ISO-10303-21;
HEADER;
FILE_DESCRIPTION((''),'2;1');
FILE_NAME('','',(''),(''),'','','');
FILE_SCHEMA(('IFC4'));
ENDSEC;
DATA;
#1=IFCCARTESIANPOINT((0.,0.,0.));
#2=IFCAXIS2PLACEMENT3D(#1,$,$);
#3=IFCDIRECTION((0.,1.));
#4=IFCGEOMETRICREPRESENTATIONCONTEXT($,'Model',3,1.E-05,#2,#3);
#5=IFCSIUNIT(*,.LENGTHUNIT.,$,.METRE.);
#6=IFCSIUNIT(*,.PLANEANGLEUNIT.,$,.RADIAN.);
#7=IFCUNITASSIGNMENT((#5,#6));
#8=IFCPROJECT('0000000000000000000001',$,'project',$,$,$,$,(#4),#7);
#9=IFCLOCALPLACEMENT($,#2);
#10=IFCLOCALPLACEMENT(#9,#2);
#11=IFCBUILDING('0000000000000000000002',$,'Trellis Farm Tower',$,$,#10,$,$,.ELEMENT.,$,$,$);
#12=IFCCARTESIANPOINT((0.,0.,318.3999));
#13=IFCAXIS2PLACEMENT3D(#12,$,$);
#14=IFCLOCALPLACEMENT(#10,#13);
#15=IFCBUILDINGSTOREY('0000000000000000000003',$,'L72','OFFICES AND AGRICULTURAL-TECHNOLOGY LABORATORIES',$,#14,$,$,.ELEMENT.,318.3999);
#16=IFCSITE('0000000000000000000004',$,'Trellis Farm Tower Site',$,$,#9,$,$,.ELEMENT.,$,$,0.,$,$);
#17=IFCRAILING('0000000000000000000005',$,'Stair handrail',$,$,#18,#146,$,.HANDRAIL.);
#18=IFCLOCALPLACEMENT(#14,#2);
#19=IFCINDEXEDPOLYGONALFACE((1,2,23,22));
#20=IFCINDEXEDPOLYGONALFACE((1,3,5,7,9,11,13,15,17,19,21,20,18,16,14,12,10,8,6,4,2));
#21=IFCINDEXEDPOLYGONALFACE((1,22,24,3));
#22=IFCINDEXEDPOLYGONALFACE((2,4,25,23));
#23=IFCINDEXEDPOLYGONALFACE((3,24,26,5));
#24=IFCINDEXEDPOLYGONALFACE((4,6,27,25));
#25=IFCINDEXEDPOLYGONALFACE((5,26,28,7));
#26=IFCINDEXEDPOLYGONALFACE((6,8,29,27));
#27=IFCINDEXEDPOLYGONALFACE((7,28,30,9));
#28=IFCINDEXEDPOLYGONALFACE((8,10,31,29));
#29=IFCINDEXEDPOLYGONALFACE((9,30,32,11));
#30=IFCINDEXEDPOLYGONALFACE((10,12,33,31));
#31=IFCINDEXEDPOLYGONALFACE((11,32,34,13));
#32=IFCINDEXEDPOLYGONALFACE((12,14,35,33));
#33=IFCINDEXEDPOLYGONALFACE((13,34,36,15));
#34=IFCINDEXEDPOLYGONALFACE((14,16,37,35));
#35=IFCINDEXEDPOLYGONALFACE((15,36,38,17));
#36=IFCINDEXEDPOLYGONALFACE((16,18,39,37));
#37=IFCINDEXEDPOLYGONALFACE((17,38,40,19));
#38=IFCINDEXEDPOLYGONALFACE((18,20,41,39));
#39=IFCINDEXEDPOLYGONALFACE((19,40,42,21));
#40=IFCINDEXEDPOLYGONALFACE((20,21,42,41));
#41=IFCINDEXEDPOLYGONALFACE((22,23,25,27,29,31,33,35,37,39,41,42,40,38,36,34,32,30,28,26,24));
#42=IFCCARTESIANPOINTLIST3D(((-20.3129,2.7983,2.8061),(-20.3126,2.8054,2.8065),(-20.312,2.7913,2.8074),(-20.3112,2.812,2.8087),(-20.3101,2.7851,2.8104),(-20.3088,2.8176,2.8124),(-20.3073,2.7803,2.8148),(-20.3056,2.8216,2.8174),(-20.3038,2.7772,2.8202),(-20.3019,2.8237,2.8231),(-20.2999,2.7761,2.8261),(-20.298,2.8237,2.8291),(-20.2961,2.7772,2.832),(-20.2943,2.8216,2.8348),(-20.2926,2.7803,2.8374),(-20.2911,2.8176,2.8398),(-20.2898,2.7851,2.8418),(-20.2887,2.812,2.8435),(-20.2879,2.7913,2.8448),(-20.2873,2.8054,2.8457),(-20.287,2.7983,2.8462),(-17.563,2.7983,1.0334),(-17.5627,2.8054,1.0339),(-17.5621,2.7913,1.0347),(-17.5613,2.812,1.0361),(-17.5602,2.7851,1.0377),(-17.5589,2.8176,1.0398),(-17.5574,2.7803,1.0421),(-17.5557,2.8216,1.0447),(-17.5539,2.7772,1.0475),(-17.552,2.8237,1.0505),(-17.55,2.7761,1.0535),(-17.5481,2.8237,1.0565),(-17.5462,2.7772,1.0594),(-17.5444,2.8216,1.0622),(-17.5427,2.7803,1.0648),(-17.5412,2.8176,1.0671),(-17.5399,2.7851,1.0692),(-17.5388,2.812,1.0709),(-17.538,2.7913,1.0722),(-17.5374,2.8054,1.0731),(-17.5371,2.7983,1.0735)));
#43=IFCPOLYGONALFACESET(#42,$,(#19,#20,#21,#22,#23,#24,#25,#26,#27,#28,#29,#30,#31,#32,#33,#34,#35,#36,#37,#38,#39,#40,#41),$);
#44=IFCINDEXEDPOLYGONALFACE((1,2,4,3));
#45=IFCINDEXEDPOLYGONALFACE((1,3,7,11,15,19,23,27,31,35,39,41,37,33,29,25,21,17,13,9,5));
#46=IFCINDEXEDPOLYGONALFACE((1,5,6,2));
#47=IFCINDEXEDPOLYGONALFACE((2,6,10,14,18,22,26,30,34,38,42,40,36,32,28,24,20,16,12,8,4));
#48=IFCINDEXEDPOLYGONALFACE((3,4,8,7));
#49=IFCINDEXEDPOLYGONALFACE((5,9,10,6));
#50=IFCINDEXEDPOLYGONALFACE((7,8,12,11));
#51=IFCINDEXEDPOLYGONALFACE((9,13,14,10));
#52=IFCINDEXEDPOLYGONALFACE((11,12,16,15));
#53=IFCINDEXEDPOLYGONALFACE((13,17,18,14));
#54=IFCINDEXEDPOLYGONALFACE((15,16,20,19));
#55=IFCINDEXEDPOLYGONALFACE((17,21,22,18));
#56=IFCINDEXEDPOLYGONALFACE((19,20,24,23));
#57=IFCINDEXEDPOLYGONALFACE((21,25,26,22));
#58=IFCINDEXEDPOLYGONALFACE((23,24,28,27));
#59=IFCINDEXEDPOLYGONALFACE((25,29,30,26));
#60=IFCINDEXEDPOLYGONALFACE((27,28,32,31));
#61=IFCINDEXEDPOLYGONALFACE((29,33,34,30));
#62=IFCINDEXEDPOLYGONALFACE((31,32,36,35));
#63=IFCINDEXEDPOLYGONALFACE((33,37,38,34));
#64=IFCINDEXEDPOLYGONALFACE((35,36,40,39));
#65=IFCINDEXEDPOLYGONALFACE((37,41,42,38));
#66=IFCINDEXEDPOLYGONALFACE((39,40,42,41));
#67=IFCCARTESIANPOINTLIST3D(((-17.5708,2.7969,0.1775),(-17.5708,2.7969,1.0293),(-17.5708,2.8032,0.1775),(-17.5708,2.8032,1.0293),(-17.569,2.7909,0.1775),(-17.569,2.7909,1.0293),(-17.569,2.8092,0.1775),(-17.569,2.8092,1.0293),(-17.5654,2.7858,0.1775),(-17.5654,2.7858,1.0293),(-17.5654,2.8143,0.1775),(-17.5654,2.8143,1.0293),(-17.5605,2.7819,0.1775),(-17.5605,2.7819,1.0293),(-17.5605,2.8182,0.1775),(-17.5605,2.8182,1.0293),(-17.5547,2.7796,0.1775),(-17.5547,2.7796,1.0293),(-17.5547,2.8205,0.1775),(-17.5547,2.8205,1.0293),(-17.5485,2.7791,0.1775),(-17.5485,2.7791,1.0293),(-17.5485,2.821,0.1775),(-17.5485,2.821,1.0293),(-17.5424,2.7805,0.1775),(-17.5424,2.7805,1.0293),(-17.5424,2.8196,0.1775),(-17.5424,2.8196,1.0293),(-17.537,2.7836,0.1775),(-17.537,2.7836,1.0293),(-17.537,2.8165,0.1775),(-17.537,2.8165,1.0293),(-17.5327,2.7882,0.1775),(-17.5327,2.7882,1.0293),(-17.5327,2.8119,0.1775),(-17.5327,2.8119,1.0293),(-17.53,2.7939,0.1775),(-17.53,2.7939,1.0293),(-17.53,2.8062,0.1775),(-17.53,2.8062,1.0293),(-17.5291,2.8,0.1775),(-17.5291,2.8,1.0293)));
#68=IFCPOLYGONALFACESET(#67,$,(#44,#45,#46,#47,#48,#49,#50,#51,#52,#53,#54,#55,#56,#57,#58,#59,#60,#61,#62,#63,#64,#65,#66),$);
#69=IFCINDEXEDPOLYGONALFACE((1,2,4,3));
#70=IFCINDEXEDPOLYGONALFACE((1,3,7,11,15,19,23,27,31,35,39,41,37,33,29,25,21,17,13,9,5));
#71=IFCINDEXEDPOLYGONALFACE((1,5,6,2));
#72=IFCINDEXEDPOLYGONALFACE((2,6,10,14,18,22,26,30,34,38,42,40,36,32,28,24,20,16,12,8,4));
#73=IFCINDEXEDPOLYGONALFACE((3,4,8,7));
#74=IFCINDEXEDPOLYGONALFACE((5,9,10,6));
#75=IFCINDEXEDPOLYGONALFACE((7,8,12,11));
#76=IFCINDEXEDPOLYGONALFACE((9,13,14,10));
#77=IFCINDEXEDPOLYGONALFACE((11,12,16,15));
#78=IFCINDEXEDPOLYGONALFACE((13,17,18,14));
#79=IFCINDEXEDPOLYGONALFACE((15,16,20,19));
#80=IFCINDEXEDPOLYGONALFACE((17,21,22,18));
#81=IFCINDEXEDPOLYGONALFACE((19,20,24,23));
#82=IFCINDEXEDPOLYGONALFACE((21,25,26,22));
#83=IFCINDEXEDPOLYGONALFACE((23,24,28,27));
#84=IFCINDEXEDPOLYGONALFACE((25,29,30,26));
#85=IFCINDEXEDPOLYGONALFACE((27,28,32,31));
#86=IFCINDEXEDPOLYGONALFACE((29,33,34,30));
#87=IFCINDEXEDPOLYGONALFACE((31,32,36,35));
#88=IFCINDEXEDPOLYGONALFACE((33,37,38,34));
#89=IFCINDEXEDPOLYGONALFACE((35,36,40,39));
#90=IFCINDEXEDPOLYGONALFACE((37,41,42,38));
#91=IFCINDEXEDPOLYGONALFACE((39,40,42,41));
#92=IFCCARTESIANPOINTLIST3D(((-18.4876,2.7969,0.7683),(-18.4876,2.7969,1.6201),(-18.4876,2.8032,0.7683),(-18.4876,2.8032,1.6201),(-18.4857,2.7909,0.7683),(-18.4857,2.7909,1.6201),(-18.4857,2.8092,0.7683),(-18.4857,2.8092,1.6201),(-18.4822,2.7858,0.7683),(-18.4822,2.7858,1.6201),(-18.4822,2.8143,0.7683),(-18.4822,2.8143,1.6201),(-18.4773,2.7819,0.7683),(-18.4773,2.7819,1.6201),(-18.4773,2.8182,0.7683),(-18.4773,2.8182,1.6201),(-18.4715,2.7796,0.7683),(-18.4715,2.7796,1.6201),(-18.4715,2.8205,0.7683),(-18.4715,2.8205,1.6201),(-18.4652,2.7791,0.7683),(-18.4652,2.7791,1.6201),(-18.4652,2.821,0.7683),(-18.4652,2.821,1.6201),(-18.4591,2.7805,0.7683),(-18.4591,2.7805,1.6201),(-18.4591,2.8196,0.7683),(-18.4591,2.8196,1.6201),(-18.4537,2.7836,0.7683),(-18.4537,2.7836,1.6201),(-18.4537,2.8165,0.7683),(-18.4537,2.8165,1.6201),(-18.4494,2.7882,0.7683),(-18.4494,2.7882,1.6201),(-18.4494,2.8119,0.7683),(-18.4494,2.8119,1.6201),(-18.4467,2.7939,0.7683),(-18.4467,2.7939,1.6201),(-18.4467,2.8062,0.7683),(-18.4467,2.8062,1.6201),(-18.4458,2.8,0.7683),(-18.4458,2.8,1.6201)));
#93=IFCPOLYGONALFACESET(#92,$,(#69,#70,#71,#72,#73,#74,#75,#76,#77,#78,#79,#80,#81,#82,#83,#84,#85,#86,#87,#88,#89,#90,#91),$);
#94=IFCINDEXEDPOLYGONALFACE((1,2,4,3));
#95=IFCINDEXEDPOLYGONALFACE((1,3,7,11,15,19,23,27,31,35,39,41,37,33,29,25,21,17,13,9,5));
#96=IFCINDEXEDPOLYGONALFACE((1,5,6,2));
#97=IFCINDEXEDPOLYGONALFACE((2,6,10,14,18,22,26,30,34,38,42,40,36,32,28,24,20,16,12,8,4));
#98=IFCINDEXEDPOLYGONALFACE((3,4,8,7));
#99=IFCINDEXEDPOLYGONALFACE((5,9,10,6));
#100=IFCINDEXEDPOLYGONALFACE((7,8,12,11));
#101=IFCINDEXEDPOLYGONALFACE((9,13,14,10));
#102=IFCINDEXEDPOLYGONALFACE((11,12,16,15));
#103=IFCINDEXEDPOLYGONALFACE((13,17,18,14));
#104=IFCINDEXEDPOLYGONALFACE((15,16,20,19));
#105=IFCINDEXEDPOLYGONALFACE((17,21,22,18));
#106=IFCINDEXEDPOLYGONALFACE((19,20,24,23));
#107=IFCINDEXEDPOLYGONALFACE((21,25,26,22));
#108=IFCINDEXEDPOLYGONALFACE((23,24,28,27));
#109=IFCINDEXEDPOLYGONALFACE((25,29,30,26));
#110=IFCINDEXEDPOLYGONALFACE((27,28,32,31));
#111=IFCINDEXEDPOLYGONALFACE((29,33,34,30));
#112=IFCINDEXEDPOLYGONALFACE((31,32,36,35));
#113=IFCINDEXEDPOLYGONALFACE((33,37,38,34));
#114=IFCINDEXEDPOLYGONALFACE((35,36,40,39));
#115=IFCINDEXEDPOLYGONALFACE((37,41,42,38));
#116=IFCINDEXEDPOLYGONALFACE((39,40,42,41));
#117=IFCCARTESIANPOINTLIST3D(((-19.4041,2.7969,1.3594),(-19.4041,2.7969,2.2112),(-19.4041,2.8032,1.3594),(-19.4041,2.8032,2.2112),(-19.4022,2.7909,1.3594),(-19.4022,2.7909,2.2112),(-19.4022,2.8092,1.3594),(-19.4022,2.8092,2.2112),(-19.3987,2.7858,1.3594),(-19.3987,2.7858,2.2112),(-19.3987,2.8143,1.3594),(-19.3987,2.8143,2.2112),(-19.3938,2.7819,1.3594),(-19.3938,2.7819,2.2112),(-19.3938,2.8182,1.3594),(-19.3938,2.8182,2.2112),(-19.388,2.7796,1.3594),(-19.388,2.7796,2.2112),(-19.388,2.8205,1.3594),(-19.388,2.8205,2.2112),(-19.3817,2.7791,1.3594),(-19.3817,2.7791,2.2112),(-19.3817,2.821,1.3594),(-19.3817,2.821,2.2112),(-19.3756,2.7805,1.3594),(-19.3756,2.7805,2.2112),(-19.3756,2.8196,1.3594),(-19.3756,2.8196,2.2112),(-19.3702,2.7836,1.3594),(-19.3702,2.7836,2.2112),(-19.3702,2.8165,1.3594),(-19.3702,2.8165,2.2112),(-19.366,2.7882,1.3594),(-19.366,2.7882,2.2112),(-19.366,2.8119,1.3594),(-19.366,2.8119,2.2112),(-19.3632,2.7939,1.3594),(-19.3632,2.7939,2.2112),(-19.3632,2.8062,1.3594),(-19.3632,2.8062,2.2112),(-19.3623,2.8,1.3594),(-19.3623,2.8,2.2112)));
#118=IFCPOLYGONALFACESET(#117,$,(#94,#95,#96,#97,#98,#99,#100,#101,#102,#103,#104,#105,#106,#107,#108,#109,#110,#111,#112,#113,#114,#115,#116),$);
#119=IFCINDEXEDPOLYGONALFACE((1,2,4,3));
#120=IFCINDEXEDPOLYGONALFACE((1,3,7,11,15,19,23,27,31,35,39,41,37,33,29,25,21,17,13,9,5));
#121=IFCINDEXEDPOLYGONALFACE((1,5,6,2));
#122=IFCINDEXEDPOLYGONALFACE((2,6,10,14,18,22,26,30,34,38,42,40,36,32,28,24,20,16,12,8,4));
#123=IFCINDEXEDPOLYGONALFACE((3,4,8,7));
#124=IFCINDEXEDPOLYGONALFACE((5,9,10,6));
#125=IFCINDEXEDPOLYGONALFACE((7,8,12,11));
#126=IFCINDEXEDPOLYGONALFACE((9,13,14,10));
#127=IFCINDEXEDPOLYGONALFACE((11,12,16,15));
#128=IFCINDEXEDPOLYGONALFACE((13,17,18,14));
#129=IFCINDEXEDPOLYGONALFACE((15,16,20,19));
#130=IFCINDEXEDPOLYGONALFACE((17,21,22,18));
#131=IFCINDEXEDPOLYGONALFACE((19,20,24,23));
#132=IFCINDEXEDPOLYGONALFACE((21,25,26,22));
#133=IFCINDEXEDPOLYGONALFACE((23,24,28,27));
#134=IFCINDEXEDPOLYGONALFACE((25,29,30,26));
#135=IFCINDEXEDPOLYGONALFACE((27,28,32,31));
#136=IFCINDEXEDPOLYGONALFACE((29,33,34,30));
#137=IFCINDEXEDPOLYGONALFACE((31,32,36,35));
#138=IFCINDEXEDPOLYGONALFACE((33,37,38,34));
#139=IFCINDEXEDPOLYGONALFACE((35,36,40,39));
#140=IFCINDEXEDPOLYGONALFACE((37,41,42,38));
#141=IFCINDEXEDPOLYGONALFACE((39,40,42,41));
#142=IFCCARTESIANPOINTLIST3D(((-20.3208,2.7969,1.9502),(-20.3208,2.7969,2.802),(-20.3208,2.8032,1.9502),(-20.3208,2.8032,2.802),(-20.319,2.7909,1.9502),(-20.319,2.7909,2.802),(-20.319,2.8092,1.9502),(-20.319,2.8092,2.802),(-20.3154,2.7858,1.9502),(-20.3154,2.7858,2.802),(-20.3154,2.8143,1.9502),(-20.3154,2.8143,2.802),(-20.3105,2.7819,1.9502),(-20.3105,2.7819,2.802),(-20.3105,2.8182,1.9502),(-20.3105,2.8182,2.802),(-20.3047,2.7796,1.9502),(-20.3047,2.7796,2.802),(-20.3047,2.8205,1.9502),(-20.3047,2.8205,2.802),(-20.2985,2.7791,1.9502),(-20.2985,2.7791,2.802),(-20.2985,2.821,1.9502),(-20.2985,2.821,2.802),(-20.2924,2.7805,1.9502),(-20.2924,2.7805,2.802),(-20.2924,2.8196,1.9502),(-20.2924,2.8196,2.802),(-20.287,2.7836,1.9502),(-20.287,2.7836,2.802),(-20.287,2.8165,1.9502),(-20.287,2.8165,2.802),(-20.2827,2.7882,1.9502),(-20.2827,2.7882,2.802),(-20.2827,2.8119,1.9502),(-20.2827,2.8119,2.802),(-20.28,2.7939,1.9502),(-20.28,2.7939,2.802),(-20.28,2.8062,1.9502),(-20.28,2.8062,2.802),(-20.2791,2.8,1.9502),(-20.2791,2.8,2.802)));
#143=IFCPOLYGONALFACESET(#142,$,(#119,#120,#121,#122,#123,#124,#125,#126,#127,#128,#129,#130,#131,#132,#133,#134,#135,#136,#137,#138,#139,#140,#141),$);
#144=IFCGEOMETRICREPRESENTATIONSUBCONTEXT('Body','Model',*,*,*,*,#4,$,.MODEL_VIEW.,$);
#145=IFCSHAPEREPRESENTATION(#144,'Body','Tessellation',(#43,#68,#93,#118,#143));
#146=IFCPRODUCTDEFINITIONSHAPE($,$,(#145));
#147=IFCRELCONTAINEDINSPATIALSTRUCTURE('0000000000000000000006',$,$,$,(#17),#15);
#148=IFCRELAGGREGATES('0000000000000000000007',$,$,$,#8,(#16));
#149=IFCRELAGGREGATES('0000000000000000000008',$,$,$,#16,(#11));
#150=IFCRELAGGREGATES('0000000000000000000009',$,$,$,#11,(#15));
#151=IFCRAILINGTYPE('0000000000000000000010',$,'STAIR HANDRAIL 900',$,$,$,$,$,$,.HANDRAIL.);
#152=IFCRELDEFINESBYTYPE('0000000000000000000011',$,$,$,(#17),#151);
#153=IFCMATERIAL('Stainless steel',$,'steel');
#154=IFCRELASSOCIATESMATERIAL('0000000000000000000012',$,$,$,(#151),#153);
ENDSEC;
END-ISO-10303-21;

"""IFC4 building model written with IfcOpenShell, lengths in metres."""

from ifc_helpers import new_model, si_unit, direction, frame, origin, origin_2d, place, context, subcontext, project, spatial, circle, extrude, source, transform, mapped, material, type_object, element, save


model = new_model("IFC4")

# Units and contexts
model_context = context("Model", 3, precision=1e-05, world=origin(), true_north=direction((0.0, 1.0)))
body_context = subcontext(model_context, "Body", "Model", "MODEL_VIEW")
ifc_project = project(units=[si_unit("LENGTHUNIT", "METRE"), si_unit("PLANEANGLEUNIT", "RADIAN")], contexts=[model_context])

# Site, building, storey
site_placement = place(None, origin())
site = spatial("IfcSite", under=ifc_project, at=site_placement, Name="Trellis Farm Tower Site", CompositionType="ELEMENT", RefElevation=0.0)
building_placement = place(site_placement, origin())
building = spatial("IfcBuilding", under=site, at=building_placement, Name="Trellis Farm Tower", CompositionType="ELEMENT")
storey_placement = place(building_placement, frame((0.0, 0.0, 318.3999)))
storey = spatial("IfcBuildingStorey", under=building, at=storey_placement, Name="L72", Description="OFFICES AND AGRICULTURAL-TECHNOLOGY LABORATORIES", CompositionType="ELEMENT", Elevation=318.3999)

# Railing
ifc_material_1 = material(Name="Stainless steel", Category="steel")
railing_type = type_object("IfcRailingType", Name="STAIR HANDRAIL 900", PredefinedType="HANDRAIL", material=ifc_material_1)
shared_shape_1 = source(origin(), body_context, "Body", "SweptSolid", [
    extrude(circle(Radius=0.0239, at=origin_2d()), frame((0.0, 0.0, 0.876), z_axis=(-0.840504, 0.0, 0.541806), x_axis=(0.0, -1.0, 0.0)), (0.0, 0.0, 1.0), 3.2717),
    extrude(circle(Radius=0.021, at=origin_2d()), origin(), (0.0, 0.0, 1.0), 0.8518),
    extrude(circle(Radius=0.021, at=origin_2d()), frame((-0.9167, 0.0, 0.5908)), (0.0, 0.0, 1.0), 0.8518),
    extrude(circle(Radius=0.021, at=origin_2d()), frame((-1.8333, 0.0, 1.1819)), (0.0, 0.0, 1.0), 0.8518),
    extrude(circle(Radius=0.021, at=origin_2d()), frame((-2.75, 0.0, 1.7727)), (0.0, 0.0, 1.0), 0.8518),
])
for number, where, name in (
    (1, (-17.55, 2.8, 0.1775), "Stair handrail"),
):
    element("IfcRailing", number, at=place(storey_placement, frame(where)), inside=storey, type_object=railing_type, Name=name, PredefinedType="HANDRAIL", context=body_context, shape_type="MappedRepresentation", body=[
        mapped(shared_shape_1, transform((0.0, 0.0, 0.0))),
    ])

save(model, "model.ifc")
